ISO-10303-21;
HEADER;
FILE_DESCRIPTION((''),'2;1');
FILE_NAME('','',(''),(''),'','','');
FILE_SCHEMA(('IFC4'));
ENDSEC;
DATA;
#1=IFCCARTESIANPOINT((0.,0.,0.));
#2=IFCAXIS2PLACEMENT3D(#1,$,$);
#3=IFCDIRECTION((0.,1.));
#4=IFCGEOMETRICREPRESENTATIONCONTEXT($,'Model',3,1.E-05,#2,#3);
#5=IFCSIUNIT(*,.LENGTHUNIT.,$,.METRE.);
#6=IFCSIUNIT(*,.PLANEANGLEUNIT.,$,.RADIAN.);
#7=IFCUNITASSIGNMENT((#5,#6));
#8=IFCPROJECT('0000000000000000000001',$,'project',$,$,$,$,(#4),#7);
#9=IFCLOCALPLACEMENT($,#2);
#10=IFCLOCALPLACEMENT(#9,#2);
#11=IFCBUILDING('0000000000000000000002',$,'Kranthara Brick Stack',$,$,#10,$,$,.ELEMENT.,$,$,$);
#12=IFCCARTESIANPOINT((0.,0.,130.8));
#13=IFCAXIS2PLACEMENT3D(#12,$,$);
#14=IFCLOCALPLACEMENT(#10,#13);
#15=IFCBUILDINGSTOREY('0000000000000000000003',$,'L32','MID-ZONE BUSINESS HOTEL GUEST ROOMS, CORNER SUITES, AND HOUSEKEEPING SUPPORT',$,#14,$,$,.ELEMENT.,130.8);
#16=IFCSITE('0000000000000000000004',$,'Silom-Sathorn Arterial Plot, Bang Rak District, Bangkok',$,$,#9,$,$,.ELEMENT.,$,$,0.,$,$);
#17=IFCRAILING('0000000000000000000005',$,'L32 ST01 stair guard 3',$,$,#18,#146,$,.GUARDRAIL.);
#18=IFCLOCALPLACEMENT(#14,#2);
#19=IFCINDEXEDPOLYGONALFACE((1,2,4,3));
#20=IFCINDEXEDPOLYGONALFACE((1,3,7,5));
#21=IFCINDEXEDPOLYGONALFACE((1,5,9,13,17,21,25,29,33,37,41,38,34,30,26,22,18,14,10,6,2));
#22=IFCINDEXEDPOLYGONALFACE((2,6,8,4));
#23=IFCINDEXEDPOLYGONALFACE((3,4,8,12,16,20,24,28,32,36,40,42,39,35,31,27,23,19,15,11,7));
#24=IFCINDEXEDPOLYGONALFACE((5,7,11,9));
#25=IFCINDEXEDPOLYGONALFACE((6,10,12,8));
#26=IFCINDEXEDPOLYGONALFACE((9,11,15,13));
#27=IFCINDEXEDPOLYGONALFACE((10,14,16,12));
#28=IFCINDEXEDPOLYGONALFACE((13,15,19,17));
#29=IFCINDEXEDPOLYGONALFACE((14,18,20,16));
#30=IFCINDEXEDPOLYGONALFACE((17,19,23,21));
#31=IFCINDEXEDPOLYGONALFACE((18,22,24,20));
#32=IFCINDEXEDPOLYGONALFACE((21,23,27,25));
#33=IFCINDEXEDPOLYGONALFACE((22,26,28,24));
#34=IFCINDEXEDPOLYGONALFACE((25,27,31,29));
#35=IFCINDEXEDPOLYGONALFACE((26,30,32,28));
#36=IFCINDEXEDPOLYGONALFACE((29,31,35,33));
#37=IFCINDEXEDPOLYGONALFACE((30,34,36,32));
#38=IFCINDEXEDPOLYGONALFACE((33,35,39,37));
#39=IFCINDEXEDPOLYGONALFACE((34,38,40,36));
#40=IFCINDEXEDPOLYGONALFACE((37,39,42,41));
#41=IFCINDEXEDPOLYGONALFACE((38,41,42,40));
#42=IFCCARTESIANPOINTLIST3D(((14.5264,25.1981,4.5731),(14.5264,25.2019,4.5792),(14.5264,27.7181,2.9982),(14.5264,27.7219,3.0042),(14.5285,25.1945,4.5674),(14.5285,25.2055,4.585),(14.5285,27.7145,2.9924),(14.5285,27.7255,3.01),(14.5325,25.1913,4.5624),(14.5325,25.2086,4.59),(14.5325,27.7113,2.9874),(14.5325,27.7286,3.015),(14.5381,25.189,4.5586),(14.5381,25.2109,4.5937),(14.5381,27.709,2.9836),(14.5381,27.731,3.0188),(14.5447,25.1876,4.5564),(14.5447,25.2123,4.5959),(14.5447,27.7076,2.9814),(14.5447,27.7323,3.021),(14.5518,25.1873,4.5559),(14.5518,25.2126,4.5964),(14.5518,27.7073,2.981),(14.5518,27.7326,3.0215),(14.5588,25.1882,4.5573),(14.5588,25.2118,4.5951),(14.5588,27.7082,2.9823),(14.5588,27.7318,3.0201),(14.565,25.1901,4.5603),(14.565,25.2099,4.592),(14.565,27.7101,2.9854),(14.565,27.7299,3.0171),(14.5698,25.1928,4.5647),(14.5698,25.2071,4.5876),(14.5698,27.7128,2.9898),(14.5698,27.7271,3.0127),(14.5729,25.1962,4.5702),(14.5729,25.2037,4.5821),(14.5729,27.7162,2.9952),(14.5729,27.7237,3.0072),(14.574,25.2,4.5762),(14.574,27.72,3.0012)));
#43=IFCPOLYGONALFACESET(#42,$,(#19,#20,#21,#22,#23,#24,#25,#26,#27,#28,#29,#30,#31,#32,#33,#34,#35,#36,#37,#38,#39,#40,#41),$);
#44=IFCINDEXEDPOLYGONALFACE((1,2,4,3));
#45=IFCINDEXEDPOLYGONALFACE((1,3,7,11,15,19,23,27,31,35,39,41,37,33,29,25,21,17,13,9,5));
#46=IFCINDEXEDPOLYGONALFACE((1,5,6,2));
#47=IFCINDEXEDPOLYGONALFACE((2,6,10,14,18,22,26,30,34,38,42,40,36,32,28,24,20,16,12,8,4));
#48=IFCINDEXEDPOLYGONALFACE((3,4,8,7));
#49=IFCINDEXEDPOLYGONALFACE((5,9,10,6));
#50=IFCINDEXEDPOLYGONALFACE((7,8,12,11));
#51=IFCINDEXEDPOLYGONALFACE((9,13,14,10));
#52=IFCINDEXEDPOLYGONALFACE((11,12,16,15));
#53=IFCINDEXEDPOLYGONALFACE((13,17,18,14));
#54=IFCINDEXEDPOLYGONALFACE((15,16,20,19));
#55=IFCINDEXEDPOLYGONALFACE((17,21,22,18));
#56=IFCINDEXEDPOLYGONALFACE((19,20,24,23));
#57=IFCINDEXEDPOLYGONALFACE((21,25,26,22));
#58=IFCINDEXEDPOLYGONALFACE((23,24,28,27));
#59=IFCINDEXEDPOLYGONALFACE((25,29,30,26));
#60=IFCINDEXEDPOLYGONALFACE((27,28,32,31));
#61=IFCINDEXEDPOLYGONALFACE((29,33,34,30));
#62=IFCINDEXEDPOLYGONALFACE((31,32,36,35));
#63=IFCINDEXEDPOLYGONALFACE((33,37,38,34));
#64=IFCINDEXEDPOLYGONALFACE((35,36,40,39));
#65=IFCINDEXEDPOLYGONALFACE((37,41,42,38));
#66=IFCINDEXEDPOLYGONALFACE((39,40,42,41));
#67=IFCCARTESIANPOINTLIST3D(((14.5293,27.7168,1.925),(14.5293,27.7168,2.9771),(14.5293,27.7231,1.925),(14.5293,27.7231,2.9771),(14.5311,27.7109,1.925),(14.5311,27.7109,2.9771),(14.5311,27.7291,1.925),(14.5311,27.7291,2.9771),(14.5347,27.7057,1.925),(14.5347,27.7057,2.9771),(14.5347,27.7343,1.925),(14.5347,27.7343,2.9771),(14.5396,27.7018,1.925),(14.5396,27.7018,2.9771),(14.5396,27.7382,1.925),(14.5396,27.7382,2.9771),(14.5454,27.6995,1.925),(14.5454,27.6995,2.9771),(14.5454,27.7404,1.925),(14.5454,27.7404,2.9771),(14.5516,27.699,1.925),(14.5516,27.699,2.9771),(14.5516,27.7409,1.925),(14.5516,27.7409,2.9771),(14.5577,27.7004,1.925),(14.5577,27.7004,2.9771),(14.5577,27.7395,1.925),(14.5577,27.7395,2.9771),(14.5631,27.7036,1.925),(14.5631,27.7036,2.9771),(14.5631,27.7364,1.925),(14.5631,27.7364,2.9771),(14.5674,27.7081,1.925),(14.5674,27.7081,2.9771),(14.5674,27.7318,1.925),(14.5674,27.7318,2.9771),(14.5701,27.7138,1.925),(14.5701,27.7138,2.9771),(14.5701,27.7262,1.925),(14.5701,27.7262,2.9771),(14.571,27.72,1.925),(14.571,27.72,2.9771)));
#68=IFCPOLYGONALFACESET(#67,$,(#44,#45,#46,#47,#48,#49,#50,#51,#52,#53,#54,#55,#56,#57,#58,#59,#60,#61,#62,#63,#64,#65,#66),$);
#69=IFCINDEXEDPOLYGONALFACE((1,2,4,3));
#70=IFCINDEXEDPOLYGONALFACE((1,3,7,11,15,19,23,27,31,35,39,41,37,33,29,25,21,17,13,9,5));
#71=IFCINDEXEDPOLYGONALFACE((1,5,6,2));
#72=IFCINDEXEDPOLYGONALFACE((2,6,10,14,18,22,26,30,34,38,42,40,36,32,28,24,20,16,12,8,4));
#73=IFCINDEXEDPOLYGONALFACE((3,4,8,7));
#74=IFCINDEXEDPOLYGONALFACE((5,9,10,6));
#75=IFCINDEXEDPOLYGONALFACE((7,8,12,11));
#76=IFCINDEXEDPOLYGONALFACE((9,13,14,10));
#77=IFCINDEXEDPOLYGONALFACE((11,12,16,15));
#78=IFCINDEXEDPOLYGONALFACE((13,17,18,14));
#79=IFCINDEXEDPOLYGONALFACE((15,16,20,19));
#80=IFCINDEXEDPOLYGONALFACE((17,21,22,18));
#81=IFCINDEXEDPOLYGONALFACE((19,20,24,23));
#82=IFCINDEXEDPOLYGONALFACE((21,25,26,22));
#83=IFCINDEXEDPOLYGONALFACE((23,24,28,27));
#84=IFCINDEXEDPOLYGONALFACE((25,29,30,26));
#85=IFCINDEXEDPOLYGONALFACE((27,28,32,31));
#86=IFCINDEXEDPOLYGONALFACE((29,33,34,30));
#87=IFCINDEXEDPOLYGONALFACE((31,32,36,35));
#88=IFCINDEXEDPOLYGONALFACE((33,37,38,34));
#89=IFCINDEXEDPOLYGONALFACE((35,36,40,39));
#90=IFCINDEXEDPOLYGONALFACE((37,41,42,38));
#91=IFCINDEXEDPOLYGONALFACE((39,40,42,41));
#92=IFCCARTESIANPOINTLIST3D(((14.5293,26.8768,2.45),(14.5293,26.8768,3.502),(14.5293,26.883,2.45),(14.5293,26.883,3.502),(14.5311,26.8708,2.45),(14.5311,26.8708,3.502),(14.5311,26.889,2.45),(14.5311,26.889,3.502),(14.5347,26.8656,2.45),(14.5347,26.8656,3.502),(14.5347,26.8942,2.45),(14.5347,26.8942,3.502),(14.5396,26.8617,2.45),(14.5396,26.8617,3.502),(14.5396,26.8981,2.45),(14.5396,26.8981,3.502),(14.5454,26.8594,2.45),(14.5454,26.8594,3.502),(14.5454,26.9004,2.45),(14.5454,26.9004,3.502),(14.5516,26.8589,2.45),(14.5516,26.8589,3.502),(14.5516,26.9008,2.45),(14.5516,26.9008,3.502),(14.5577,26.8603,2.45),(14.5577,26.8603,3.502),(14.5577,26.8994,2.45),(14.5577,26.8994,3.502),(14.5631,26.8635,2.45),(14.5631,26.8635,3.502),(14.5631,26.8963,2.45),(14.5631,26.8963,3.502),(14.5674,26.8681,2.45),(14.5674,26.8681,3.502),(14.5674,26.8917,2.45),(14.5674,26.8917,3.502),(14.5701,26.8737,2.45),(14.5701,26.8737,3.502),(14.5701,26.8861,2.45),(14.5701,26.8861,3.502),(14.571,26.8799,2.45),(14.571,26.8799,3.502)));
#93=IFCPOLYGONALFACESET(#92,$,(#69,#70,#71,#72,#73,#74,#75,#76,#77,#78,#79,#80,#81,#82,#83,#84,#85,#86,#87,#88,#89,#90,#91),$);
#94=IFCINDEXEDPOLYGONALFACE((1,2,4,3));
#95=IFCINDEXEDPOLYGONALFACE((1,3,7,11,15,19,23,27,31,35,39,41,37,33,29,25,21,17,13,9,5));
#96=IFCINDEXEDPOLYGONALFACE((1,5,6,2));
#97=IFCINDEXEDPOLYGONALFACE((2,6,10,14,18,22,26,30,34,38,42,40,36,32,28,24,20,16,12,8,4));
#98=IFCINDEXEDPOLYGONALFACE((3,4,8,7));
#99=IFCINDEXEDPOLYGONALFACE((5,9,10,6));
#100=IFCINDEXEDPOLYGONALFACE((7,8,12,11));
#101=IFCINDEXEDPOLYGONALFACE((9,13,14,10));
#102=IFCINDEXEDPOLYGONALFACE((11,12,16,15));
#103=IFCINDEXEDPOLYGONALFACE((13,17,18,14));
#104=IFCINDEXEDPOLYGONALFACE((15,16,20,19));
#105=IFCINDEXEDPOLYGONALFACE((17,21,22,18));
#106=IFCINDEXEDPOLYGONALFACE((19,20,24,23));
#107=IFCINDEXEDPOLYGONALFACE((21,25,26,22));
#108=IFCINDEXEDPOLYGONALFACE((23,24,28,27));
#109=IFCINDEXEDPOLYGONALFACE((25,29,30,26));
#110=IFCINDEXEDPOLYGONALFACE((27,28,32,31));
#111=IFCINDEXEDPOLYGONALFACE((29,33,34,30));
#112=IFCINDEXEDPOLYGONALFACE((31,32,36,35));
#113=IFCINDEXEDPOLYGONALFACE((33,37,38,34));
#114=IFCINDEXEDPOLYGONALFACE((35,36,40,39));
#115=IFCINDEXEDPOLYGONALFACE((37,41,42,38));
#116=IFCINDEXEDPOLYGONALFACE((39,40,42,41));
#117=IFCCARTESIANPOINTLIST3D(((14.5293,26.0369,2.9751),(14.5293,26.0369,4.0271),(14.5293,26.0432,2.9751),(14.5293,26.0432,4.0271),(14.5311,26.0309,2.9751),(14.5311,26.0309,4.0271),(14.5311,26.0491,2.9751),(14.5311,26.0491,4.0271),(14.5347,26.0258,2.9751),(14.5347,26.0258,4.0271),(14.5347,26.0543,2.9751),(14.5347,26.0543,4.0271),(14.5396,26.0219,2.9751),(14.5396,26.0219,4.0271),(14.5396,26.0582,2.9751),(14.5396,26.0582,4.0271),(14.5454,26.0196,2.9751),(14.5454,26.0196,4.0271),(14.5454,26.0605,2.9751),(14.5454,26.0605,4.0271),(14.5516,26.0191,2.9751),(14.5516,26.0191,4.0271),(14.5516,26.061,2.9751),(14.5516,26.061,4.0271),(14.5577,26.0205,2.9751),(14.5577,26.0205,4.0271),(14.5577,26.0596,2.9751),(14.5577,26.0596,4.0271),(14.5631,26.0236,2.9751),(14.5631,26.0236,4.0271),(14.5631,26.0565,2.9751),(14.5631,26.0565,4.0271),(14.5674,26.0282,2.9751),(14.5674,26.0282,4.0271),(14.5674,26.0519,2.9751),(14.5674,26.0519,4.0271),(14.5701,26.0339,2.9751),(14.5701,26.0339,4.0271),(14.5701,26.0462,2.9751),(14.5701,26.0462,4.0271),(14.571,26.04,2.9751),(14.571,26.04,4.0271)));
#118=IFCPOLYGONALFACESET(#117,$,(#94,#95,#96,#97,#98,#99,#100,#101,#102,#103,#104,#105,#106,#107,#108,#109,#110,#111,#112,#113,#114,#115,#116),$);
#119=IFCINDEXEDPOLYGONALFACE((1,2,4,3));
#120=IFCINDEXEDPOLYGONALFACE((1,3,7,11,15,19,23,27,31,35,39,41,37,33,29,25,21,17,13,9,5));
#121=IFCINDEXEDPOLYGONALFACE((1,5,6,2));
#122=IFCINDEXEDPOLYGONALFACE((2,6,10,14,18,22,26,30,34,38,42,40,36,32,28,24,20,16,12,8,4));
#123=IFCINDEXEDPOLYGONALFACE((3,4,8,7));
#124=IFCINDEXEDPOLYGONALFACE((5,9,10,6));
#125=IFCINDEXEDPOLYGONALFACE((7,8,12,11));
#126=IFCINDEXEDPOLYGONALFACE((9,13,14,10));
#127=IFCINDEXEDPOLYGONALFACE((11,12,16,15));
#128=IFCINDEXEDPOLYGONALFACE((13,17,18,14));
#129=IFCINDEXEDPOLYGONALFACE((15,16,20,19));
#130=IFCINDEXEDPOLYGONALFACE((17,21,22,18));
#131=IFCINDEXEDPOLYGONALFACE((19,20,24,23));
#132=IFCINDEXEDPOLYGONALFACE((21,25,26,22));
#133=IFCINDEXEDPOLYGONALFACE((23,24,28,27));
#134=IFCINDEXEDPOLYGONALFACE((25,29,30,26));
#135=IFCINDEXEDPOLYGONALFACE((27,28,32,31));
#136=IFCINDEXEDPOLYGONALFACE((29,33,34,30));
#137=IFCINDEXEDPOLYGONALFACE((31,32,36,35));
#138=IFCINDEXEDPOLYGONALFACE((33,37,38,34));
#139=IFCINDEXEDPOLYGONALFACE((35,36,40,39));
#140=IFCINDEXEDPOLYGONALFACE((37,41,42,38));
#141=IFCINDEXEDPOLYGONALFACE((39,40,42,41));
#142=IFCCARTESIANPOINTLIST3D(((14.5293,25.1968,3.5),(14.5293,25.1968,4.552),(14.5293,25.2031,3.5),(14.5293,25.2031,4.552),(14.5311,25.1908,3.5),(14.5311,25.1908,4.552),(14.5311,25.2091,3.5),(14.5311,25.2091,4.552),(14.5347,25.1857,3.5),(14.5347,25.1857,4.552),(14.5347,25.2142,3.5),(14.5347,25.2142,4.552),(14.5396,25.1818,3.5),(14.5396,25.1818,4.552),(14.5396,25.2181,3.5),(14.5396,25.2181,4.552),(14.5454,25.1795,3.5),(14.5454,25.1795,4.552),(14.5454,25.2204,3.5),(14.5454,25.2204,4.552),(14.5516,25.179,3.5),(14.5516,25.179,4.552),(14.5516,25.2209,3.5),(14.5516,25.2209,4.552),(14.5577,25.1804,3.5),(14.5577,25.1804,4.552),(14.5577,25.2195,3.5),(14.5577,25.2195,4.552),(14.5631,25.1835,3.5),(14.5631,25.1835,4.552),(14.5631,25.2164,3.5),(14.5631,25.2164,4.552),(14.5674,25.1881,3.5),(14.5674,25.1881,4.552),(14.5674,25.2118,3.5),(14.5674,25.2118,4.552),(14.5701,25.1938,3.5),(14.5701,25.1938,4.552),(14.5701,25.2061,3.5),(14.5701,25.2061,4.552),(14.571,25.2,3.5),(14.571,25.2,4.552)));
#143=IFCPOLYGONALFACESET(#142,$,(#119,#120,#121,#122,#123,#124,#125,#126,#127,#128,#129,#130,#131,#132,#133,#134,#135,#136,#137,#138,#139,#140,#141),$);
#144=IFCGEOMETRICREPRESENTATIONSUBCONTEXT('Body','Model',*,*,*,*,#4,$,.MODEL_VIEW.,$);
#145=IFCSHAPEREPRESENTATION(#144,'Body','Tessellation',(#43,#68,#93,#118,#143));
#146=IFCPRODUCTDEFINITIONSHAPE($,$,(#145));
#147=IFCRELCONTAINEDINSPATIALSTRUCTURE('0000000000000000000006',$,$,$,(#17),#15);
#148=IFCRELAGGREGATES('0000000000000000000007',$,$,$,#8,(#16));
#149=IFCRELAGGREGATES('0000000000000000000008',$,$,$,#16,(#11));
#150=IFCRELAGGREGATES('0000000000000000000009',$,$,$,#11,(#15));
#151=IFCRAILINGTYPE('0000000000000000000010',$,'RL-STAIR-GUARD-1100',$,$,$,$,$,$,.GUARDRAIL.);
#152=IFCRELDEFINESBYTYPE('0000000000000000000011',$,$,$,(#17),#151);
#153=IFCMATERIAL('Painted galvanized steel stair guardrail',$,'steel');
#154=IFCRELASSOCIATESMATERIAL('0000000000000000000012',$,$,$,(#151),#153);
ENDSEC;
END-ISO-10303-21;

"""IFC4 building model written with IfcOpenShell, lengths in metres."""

from ifc_helpers import new_model, si_unit, direction, frame, origin, origin_2d, place, context, subcontext, project, spatial, circle, extrude, material, type_object, element, save


model = new_model("IFC4")

# Units and contexts
model_context = context("Model", 3, precision=1e-05, world=origin(), true_north=direction((0.0, 1.0)))
body_context = subcontext(model_context, "Body", "Model", "MODEL_VIEW")
ifc_project = project(units=[si_unit("LENGTHUNIT", "METRE"), si_unit("PLANEANGLEUNIT", "RADIAN")], contexts=[model_context])

# Site, building, storey
site_placement = place(None, origin())
site = spatial("IfcSite", under=ifc_project, at=site_placement, Name="Silom-Sathorn Arterial Plot, Bang Rak District, Bangkok", CompositionType="ELEMENT", RefElevation=0.0)
building_placement = place(site_placement, origin())
building = spatial("IfcBuilding", under=site, at=building_placement, Name="Kranthara Brick Stack", CompositionType="ELEMENT")
storey_placement = place(building_placement, frame((0.0, 0.0, 130.8)))
storey = spatial("IfcBuildingStorey", under=building, at=storey_placement, Name="L32", Description="MID-ZONE BUSINESS HOTEL GUEST ROOMS, CORNER SUITES, AND HOUSEKEEPING SUPPORT", CompositionType="ELEMENT", Elevation=130.8)

# Railing
ifc_material_1 = material(Name="Painted galvanized steel stair guardrail", Category="steel")
railing_type_1 = type_object("IfcRailingType", Name="RL-STAIR-GUARD-1100", PredefinedType="GUARDRAIL", material=ifc_material_1)
railing_1_placement = place(storey_placement, frame((14.55, 27.72, 1.925)))
element("IfcRailing", 1, at=railing_1_placement, inside=storey, type_object=railing_type_1, Name="L32 ST01 stair guard 3", PredefinedType="GUARDRAIL", context=body_context, shape_type="SweptSolid", body=[
    extrude(circle(Radius=0.0239, at=origin_2d()), frame((0.0, 0.0, 1.0762), z_axis=(0.0, -0.848008, 0.529984), x_axis=(1.0, 0.0, 0.0)), (0.0, 0.0, 1.0), 2.9717),
    extrude(circle(Radius=0.021, at=origin_2d()), origin(), (0.0, 0.0, 1.0), 1.052),
    extrude(circle(Radius=0.021, at=origin_2d()), frame((0.0, -0.8401, 0.5249)), (0.0, 0.0, 1.0), 1.052),
    extrude(circle(Radius=0.021, at=origin_2d()), frame((0.0, -1.6799, 1.05)), (0.0, 0.0, 1.0), 1.052),
    extrude(circle(Radius=0.021, at=origin_2d()), frame((0.0, -2.52, 1.575)), (0.0, 0.0, 1.0), 1.052),
])

save(model, "model.ifc")
